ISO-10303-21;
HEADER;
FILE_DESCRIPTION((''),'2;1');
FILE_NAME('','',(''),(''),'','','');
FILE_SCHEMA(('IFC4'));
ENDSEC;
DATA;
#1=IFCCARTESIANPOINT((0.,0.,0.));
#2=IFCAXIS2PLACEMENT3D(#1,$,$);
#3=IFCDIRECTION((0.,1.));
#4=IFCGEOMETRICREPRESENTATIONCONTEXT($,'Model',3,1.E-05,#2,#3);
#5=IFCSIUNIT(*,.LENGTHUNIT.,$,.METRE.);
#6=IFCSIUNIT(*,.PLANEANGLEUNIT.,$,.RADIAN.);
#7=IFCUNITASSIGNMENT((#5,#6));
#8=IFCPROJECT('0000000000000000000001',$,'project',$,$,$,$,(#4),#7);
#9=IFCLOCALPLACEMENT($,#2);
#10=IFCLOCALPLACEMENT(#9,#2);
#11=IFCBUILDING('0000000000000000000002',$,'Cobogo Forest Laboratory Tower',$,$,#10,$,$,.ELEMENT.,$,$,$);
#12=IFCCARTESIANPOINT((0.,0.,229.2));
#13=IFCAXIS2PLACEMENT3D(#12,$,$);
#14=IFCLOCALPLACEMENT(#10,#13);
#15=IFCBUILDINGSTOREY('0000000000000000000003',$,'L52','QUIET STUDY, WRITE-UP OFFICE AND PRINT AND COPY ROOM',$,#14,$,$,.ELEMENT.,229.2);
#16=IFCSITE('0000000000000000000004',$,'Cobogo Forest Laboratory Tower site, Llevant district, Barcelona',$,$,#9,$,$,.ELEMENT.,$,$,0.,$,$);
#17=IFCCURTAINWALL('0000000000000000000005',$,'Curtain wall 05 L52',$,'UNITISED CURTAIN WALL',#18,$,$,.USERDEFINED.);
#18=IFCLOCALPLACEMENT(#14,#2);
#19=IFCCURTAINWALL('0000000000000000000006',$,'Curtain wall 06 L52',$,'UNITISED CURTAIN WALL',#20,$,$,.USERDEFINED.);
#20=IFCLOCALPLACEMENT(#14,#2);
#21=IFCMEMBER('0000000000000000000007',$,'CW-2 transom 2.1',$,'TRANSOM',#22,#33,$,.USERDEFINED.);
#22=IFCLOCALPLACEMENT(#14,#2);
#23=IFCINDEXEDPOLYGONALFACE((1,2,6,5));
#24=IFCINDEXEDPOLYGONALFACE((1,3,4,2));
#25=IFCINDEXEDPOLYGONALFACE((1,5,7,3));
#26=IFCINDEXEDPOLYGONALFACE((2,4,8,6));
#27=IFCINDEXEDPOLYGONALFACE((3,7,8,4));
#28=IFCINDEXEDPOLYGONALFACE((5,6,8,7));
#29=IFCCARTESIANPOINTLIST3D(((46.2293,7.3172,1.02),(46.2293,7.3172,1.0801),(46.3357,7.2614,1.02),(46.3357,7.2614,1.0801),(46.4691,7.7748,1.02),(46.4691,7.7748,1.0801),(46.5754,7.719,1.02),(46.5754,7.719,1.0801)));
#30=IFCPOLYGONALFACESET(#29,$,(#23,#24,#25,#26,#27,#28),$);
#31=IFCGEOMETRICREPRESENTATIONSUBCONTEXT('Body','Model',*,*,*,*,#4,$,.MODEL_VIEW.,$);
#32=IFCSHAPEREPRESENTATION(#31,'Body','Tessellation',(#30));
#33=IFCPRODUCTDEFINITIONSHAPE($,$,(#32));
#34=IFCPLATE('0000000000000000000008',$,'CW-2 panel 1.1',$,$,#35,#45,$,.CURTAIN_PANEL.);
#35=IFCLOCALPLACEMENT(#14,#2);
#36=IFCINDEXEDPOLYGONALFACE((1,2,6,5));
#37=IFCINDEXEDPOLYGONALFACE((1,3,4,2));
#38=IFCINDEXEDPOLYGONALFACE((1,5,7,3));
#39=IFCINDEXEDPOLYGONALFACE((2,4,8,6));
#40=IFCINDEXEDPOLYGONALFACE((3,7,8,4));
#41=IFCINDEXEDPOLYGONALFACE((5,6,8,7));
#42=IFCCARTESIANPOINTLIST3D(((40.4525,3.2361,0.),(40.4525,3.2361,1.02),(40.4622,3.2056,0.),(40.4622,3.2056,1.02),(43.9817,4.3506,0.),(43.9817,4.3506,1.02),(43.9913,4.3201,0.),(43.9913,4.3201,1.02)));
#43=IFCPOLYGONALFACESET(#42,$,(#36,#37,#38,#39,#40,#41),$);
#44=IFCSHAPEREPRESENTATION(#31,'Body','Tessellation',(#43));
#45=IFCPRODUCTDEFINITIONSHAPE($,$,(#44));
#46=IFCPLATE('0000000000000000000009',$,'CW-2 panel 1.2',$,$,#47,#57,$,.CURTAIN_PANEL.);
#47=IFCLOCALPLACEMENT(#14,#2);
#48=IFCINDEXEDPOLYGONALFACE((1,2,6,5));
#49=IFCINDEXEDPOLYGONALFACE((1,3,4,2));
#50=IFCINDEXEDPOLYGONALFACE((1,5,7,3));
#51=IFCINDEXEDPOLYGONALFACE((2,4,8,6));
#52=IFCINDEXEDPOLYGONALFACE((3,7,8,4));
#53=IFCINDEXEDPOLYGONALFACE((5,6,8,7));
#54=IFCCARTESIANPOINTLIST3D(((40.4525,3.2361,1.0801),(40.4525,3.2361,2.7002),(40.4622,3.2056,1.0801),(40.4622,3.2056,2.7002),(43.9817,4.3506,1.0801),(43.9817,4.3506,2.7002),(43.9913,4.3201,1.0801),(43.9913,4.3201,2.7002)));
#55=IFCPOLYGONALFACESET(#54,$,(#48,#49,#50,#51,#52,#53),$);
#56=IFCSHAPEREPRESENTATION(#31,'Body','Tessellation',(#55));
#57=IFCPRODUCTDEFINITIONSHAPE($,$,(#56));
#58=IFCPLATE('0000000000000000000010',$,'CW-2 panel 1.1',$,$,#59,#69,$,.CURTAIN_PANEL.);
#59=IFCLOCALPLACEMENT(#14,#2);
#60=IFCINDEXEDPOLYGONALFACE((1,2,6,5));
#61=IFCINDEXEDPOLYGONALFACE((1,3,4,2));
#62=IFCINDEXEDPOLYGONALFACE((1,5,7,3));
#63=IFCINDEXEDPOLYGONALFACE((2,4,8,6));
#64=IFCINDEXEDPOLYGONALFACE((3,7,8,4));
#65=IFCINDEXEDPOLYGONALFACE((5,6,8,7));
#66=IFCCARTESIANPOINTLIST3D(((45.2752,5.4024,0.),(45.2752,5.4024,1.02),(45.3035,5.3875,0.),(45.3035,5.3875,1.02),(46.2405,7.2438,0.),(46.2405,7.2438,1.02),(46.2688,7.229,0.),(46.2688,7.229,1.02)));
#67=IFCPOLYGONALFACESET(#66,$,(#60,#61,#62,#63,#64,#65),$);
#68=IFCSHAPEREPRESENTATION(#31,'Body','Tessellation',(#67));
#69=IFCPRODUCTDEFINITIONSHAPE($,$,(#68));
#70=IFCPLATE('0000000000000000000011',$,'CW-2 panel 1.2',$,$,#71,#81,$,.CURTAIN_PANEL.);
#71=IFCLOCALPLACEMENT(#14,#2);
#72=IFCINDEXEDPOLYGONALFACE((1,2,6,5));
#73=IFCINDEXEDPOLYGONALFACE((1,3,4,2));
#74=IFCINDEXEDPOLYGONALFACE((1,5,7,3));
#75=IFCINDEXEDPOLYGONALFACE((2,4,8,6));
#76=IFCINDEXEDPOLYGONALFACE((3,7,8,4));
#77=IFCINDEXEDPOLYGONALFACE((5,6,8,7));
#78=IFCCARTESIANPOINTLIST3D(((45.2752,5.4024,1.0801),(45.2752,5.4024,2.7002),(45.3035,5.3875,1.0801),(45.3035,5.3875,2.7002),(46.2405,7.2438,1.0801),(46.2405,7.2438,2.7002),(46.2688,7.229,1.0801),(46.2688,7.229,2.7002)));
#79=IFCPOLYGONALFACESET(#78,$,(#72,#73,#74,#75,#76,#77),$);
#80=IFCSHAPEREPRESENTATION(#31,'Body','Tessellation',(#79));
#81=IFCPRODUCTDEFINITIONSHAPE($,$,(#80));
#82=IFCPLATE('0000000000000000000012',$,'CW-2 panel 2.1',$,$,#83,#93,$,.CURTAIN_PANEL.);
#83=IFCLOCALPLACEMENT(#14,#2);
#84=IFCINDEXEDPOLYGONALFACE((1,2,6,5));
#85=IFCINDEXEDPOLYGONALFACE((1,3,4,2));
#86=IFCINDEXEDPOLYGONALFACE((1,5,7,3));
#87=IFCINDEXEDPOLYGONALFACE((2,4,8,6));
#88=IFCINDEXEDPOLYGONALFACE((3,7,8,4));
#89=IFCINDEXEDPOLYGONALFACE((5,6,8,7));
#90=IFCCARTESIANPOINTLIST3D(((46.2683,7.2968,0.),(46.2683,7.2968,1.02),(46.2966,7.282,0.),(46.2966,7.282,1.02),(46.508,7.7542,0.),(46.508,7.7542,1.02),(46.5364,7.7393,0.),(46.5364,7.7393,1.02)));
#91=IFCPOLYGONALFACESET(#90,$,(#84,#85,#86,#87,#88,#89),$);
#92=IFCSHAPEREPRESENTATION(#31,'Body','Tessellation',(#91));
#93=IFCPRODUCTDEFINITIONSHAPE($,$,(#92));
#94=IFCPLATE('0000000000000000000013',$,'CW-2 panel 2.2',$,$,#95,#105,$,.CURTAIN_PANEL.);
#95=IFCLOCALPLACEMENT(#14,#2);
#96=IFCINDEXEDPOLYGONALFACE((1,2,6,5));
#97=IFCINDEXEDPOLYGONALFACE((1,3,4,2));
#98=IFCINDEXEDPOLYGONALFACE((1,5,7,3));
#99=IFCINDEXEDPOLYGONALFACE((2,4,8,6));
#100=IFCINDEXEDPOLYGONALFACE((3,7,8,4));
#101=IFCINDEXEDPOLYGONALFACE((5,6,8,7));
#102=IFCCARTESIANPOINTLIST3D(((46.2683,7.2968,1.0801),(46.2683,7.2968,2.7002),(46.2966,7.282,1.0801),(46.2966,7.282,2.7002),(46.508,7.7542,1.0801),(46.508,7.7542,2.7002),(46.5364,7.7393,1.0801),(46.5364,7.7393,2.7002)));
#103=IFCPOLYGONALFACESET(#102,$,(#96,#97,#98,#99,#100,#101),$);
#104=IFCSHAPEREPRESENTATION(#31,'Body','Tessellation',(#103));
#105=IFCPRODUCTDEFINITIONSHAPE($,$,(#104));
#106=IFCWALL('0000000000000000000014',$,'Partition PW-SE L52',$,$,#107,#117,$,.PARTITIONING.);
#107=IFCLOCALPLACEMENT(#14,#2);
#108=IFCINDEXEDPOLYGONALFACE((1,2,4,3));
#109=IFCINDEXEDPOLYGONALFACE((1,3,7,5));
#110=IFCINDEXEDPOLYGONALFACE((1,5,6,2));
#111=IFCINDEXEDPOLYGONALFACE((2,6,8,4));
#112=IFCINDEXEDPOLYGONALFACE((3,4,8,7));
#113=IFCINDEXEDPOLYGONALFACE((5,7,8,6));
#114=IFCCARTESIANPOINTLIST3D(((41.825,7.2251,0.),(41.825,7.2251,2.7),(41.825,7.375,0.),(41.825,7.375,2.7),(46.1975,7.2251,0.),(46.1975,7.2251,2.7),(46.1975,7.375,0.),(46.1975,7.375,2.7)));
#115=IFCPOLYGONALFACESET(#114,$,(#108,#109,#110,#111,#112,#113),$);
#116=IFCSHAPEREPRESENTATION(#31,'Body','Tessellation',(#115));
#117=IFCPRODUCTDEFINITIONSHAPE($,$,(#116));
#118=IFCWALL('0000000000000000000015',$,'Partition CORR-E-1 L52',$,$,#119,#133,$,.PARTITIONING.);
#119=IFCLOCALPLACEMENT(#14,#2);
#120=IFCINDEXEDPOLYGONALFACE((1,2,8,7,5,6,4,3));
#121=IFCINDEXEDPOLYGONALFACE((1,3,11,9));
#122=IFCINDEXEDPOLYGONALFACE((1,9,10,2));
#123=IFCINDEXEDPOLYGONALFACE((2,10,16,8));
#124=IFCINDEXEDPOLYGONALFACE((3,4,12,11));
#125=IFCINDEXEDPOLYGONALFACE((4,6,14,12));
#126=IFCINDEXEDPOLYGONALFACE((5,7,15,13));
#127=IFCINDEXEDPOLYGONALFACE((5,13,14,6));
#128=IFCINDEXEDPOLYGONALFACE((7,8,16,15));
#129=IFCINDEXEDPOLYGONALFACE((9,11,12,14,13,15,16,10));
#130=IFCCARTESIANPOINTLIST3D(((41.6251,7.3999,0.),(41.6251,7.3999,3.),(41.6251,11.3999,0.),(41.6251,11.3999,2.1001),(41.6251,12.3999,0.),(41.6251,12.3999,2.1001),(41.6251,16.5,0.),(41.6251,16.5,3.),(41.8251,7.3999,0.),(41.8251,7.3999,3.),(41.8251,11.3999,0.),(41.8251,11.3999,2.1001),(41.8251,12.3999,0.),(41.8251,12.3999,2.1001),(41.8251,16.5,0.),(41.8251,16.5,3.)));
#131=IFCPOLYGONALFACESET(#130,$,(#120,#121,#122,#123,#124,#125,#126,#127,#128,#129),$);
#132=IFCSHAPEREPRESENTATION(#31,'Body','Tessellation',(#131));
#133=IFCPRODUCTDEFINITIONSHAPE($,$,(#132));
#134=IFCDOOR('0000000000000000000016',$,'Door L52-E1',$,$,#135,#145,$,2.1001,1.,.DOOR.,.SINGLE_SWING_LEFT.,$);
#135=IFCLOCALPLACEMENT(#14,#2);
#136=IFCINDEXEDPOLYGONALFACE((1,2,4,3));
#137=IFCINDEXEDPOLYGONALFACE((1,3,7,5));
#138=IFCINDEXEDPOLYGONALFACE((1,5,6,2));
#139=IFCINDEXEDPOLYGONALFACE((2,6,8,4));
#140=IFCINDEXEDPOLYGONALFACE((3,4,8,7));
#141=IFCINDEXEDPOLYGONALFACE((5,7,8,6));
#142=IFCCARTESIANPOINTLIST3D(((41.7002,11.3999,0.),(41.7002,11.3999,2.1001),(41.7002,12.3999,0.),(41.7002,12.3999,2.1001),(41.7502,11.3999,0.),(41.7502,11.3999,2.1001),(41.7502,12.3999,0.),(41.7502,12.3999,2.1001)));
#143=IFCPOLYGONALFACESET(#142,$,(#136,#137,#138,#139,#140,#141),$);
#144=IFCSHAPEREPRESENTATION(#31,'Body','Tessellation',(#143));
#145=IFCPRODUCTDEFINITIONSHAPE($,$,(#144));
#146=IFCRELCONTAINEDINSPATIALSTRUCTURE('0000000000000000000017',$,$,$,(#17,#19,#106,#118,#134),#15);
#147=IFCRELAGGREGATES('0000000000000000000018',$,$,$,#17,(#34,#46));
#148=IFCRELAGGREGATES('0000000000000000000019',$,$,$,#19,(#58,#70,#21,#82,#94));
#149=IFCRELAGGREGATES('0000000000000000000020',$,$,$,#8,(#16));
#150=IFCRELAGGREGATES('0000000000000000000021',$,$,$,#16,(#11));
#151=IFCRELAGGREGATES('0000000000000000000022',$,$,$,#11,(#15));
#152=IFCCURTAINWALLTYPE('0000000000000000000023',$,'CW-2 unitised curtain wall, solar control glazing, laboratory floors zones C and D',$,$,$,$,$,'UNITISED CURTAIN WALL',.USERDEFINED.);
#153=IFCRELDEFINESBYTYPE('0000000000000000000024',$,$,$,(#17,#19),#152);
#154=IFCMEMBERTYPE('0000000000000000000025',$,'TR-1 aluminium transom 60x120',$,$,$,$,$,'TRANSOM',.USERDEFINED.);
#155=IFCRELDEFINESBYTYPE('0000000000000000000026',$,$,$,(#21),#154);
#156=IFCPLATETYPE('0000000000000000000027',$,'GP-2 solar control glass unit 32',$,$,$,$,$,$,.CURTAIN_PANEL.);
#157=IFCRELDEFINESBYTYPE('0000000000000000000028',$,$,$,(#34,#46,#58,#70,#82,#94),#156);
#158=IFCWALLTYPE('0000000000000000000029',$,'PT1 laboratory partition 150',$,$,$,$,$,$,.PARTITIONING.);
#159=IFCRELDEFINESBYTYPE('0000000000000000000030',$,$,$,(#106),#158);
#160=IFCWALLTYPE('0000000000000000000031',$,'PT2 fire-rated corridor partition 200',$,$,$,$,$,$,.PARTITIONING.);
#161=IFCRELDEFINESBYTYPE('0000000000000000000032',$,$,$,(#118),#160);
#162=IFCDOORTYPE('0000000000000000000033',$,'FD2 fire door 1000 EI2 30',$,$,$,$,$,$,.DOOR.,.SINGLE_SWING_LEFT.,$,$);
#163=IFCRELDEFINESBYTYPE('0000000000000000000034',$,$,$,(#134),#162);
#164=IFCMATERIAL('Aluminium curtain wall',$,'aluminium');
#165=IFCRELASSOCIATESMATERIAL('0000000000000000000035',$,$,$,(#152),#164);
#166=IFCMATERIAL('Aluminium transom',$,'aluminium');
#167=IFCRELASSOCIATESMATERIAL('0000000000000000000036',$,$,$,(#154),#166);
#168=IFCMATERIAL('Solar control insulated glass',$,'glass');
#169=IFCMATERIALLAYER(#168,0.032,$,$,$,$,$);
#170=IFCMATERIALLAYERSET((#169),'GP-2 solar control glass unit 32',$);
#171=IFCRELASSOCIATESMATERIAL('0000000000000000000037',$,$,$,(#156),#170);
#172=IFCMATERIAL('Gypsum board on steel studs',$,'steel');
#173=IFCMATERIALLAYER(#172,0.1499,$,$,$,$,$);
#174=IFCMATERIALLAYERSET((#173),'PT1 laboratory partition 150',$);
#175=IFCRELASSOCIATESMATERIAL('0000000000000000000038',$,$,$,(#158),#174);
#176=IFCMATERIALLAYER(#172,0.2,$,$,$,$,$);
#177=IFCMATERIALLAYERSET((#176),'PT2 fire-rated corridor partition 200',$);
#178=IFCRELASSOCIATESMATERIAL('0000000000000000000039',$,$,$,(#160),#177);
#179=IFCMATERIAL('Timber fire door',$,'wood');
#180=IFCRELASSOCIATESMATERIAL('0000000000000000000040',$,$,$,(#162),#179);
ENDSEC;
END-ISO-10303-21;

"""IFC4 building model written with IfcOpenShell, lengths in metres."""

from ifc_helpers import new_model, si_unit, direction, frame, frame_2d, origin, origin_2d, place, context, subcontext, project, spatial, rectangle, extrude, material, layer, layer_set, material_profile, profile_set, type_object, element, fill, aggregate, save


model = new_model("IFC4")

# Units and contexts
model_context = context("Model", 3, precision=1e-05, world=origin(), true_north=direction((0.0, 1.0)))
body_context = subcontext(model_context, "Body", "Model", "MODEL_VIEW")
ifc_project = project(units=[si_unit("LENGTHUNIT", "METRE"), si_unit("PLANEANGLEUNIT", "RADIAN")], contexts=[model_context])

# Site, building, storey
site_placement = place(None, origin())
site = spatial("IfcSite", under=ifc_project, at=site_placement, Name="Cobogo Forest Laboratory Tower site, Llevant district, Barcelona", CompositionType="ELEMENT", RefElevation=0.0)
building_placement = place(site_placement, origin())
building = spatial("IfcBuilding", under=site, at=building_placement, Name="Cobogo Forest Laboratory Tower", CompositionType="ELEMENT")
storey_placement = place(building_placement, frame((0.0, 0.0, 229.2)))
storey = spatial("IfcBuildingStorey", under=building, at=storey_placement, Name="L52", Description="QUIET STUDY, WRITE-UP OFFICE AND PRINT AND COPY ROOM", CompositionType="ELEMENT", Elevation=229.2)

# Curtain walls
ifc_material_1 = material(Name="Aluminium curtain wall", Category="aluminium")
curtain_wall_type = type_object("IfcCurtainWallType", Name="CW-2 unitised curtain wall, solar control glazing, laboratory floors zones C and D", ElementType="UNITISED CURTAIN WALL", PredefinedType="USERDEFINED", material=ifc_material_1)
curtain_wall_1_placement = place(storey_placement, origin())
curtain_wall_1 = element("IfcCurtainWall", 1, at=curtain_wall_1_placement, inside=storey, type_object=curtain_wall_type, Name="Curtain wall 05 L52", ObjectType="UNITISED CURTAIN WALL", PredefinedType="USERDEFINED")
curtain_wall_2_placement = place(storey_placement, origin())
curtain_wall_2 = element("IfcCurtainWall", 2, at=curtain_wall_2_placement, inside=storey, type_object=curtain_wall_type, Name="Curtain wall 06 L52", ObjectType="UNITISED CURTAIN WALL", PredefinedType="USERDEFINED")

# Member
ifc_material_2 = material(Name="Aluminium transom", Category="aluminium")
ifc_material_profile_1 = material_profile(ifc_material_2, rectangle(XDim=0.1201, YDim=0.0601, at=origin_2d()), Name="AL 60x120")
ifc_profile_set_1 = profile_set([ifc_material_profile_1], Name="Aluminium transom")
member_type_1 = type_object("IfcMemberType", Name="TR-1 aluminium transom 60x120", ElementType="TRANSOM", PredefinedType="USERDEFINED", material=ifc_profile_set_1)
member_1_placement = place(storey_placement, frame((46.2825, 7.2893, 1.05), z_axis=(0.464148, 0.885758, 0.0), x_axis=(-0.885758, 0.464148, 0.0)))
member_1 = element("IfcMember", 3, at=member_1_placement, type_object=member_type_1, Name="CW-2 transom 2.1", ObjectType="TRANSOM", PredefinedType="USERDEFINED", context=body_context, shape_type="SweptSolid", body=[
    extrude(rectangle(XDim=0.1201, YDim=0.0601, at=origin_2d()), origin(), (0.0, 0.0, 1.0), 0.5166),
])

# Plates
ifc_material_3 = material(Name="Solar control insulated glass", Category="glass")
ifc_layer_1 = layer(ifc_material_3, 0.032)
ifc_layer_set_1 = layer_set([ifc_layer_1], Name="GP-2 solar control glass unit 32")
plate_type = type_object("IfcPlateType", Name="GP-2 solar control glass unit 32", PredefinedType="CURTAIN_PANEL", material=ifc_layer_set_1)
plate_1_placement = place(storey_placement, frame((42.2219, 3.7781, 0.0), z_axis=(0.0, 0.0, 1.0), x_axis=(0.953581, 0.301136, 0.0)))
plate_1 = element("IfcPlate", 4, at=plate_1_placement, type_object=plate_type, Name="CW-2 panel 1.1", PredefinedType="CURTAIN_PANEL", context=body_context, shape_type="SweptSolid", body=[
    extrude(rectangle(XDim=3.7009, YDim=0.032, at=origin_2d()), origin(), (0.0, 0.0, 1.0), 1.02),
])
plate_2_placement = place(storey_placement, frame((42.2219, 3.7781, 1.0801), z_axis=(0.0, 0.0, 1.0), x_axis=(0.953581, 0.301136, 0.0)))
plate_2 = element("IfcPlate", 5, at=plate_2_placement, type_object=plate_type, Name="CW-2 panel 1.2", PredefinedType="CURTAIN_PANEL", context=body_context, shape_type="SweptSolid", body=[
    extrude(rectangle(XDim=3.7009, YDim=0.032, at=origin_2d()), origin(), (0.0, 0.0, 1.0), 1.6201),
])
aggregate(curtain_wall_1, [plate_1, plate_2])
plate_3_placement = place(storey_placement, frame((45.772, 6.3157, 0.0), z_axis=(0.0, 0.0, 1.0), x_axis=(0.464284, 0.885687, 0.0)))
plate_3 = element("IfcPlate", 6, at=plate_3_placement, type_object=plate_type, Name="CW-2 panel 1.1", PredefinedType="CURTAIN_PANEL", context=body_context, shape_type="SweptSolid", body=[
    extrude(rectangle(XDim=2.0791, YDim=0.032, at=origin_2d()), origin(), (0.0, 0.0, 1.0), 1.02),
])
plate_4_placement = place(storey_placement, frame((45.772, 6.3157, 1.0801), z_axis=(0.0, 0.0, 1.0), x_axis=(0.464284, 0.885687, 0.0)))
plate_4 = element("IfcPlate", 7, at=plate_4_placement, type_object=plate_type, Name="CW-2 panel 1.2", PredefinedType="CURTAIN_PANEL", context=body_context, shape_type="SweptSolid", body=[
    extrude(rectangle(XDim=2.0791, YDim=0.032, at=origin_2d()), origin(), (0.0, 0.0, 1.0), 1.6201),
])
plate_5_placement = place(storey_placement, frame((46.4023, 7.5181, 0.0), z_axis=(0.0, 0.0, 1.0), x_axis=(0.464284, 0.885687, 0.0)))
plate_5 = element("IfcPlate", 8, at=plate_5_placement, type_object=plate_type, Name="CW-2 panel 2.1", PredefinedType="CURTAIN_PANEL", context=body_context, shape_type="SweptSolid", body=[
    extrude(rectangle(XDim=0.5164, YDim=0.032, at=origin_2d()), origin(), (0.0, 0.0, 1.0), 1.02),
])
plate_6_placement = place(storey_placement, frame((46.4023, 7.5181, 1.0801), z_axis=(0.0, 0.0, 1.0), x_axis=(0.464284, 0.885687, 0.0)))
plate_6 = element("IfcPlate", 9, at=plate_6_placement, type_object=plate_type, Name="CW-2 panel 2.2", PredefinedType="CURTAIN_PANEL", context=body_context, shape_type="SweptSolid", body=[
    extrude(rectangle(XDim=0.5164, YDim=0.032, at=origin_2d()), origin(), (0.0, 0.0, 1.0), 1.6201),
])
aggregate(curtain_wall_2, [plate_3, plate_4, member_1, plate_5, plate_6])

# Wall
ifc_material_4 = material(Name="Gypsum board on steel studs", Category="steel")
ifc_layer_2 = layer(ifc_material_4, 0.1499)
ifc_layer_set_2 = layer_set([ifc_layer_2], Name="PT1 laboratory partition 150")
wall_type_1 = type_object("IfcWallType", Name="PT1 laboratory partition 150", PredefinedType="PARTITIONING", material=ifc_layer_set_2)
wall_1_placement = place(storey_placement, frame((46.1975, 7.3, 0.0), z_axis=(0.0, 0.0, 1.0), x_axis=(-1.0, 0.0, 0.0)))
element("IfcWall", 10, at=wall_1_placement, inside=storey, type_object=wall_type_1, Name="Partition PW-SE L52", PredefinedType="PARTITIONING", context=body_context, shape_type="SweptSolid", body=[
    extrude(rectangle(XDim=4.3726, YDim=0.1499, at=frame_2d((2.1863, 0.0))), origin(), (0.0, 0.0, 1.0), 2.7),
])

# Wall, opening, door
ifc_layer_3 = layer(ifc_material_4, 0.2)
ifc_layer_set_3 = layer_set([ifc_layer_3], Name="PT2 fire-rated corridor partition 200")
wall_type_2 = type_object("IfcWallType", Name="PT2 fire-rated corridor partition 200", PredefinedType="PARTITIONING", material=ifc_layer_set_3)
wall_2_placement = place(storey_placement, frame((41.7251, 7.3999, 0.0), z_axis=(0.0, 0.0, 1.0), x_axis=(0.0, 1.0, 0.0)))
wall_2 = element("IfcWall", 11, at=wall_2_placement, inside=storey, type_object=wall_type_2, Name="Partition CORR-E-1 L52", PredefinedType="PARTITIONING", context=body_context, shape_type="SweptSolid", body=[
    extrude(rectangle(XDim=9.1001, YDim=0.2, at=frame_2d((4.55, 0.0))), origin(), (0.0, 0.0, 1.0), 3.0),
])
opening_placement = place(wall_2_placement, frame((4.0, 0.0, 0.0)))
opening = element("IfcOpeningElement", 12, at=opening_placement, cuts=wall_2, PredefinedType="OPENING", context=body_context, shape_type="SweptSolid", body=[
    extrude(rectangle(XDim=1.0, YDim=2.1001, at=frame_2d((0.5, 1.05))), frame((0.0, 0.1099, 0.0), z_axis=(0.0, -1.0, 0.0), x_axis=(1.0, 0.0, 0.0)), (0.0, 0.0, 1.0), 0.22),
])
ifc_material_5 = material(Name="Timber fire door", Category="wood")
door_type = type_object("IfcDoorType", Name="FD2 fire door 1000 EI2 30", OperationType="SINGLE_SWING_LEFT", PredefinedType="DOOR", material=ifc_material_5)
door_placement = place(opening_placement, origin())
door = element("IfcDoor", 13, at=door_placement, inside=storey, type_object=door_type, Name="Door L52-E1", OperationType="SINGLE_SWING_LEFT", OverallHeight=2.1001, OverallWidth=1.0, PredefinedType="DOOR", context=body_context, shape_type="SweptSolid", body=[
    extrude(rectangle(XDim=1.0, YDim=2.1001, at=frame_2d((0.5, 1.05))), frame((0.0, 0.0249, 0.0), z_axis=(0.0, -1.0, 0.0), x_axis=(1.0, 0.0, 0.0)), (0.0, 0.0, 1.0), 0.05),
])
fill(opening, door)

save(model, "model.ifc")
